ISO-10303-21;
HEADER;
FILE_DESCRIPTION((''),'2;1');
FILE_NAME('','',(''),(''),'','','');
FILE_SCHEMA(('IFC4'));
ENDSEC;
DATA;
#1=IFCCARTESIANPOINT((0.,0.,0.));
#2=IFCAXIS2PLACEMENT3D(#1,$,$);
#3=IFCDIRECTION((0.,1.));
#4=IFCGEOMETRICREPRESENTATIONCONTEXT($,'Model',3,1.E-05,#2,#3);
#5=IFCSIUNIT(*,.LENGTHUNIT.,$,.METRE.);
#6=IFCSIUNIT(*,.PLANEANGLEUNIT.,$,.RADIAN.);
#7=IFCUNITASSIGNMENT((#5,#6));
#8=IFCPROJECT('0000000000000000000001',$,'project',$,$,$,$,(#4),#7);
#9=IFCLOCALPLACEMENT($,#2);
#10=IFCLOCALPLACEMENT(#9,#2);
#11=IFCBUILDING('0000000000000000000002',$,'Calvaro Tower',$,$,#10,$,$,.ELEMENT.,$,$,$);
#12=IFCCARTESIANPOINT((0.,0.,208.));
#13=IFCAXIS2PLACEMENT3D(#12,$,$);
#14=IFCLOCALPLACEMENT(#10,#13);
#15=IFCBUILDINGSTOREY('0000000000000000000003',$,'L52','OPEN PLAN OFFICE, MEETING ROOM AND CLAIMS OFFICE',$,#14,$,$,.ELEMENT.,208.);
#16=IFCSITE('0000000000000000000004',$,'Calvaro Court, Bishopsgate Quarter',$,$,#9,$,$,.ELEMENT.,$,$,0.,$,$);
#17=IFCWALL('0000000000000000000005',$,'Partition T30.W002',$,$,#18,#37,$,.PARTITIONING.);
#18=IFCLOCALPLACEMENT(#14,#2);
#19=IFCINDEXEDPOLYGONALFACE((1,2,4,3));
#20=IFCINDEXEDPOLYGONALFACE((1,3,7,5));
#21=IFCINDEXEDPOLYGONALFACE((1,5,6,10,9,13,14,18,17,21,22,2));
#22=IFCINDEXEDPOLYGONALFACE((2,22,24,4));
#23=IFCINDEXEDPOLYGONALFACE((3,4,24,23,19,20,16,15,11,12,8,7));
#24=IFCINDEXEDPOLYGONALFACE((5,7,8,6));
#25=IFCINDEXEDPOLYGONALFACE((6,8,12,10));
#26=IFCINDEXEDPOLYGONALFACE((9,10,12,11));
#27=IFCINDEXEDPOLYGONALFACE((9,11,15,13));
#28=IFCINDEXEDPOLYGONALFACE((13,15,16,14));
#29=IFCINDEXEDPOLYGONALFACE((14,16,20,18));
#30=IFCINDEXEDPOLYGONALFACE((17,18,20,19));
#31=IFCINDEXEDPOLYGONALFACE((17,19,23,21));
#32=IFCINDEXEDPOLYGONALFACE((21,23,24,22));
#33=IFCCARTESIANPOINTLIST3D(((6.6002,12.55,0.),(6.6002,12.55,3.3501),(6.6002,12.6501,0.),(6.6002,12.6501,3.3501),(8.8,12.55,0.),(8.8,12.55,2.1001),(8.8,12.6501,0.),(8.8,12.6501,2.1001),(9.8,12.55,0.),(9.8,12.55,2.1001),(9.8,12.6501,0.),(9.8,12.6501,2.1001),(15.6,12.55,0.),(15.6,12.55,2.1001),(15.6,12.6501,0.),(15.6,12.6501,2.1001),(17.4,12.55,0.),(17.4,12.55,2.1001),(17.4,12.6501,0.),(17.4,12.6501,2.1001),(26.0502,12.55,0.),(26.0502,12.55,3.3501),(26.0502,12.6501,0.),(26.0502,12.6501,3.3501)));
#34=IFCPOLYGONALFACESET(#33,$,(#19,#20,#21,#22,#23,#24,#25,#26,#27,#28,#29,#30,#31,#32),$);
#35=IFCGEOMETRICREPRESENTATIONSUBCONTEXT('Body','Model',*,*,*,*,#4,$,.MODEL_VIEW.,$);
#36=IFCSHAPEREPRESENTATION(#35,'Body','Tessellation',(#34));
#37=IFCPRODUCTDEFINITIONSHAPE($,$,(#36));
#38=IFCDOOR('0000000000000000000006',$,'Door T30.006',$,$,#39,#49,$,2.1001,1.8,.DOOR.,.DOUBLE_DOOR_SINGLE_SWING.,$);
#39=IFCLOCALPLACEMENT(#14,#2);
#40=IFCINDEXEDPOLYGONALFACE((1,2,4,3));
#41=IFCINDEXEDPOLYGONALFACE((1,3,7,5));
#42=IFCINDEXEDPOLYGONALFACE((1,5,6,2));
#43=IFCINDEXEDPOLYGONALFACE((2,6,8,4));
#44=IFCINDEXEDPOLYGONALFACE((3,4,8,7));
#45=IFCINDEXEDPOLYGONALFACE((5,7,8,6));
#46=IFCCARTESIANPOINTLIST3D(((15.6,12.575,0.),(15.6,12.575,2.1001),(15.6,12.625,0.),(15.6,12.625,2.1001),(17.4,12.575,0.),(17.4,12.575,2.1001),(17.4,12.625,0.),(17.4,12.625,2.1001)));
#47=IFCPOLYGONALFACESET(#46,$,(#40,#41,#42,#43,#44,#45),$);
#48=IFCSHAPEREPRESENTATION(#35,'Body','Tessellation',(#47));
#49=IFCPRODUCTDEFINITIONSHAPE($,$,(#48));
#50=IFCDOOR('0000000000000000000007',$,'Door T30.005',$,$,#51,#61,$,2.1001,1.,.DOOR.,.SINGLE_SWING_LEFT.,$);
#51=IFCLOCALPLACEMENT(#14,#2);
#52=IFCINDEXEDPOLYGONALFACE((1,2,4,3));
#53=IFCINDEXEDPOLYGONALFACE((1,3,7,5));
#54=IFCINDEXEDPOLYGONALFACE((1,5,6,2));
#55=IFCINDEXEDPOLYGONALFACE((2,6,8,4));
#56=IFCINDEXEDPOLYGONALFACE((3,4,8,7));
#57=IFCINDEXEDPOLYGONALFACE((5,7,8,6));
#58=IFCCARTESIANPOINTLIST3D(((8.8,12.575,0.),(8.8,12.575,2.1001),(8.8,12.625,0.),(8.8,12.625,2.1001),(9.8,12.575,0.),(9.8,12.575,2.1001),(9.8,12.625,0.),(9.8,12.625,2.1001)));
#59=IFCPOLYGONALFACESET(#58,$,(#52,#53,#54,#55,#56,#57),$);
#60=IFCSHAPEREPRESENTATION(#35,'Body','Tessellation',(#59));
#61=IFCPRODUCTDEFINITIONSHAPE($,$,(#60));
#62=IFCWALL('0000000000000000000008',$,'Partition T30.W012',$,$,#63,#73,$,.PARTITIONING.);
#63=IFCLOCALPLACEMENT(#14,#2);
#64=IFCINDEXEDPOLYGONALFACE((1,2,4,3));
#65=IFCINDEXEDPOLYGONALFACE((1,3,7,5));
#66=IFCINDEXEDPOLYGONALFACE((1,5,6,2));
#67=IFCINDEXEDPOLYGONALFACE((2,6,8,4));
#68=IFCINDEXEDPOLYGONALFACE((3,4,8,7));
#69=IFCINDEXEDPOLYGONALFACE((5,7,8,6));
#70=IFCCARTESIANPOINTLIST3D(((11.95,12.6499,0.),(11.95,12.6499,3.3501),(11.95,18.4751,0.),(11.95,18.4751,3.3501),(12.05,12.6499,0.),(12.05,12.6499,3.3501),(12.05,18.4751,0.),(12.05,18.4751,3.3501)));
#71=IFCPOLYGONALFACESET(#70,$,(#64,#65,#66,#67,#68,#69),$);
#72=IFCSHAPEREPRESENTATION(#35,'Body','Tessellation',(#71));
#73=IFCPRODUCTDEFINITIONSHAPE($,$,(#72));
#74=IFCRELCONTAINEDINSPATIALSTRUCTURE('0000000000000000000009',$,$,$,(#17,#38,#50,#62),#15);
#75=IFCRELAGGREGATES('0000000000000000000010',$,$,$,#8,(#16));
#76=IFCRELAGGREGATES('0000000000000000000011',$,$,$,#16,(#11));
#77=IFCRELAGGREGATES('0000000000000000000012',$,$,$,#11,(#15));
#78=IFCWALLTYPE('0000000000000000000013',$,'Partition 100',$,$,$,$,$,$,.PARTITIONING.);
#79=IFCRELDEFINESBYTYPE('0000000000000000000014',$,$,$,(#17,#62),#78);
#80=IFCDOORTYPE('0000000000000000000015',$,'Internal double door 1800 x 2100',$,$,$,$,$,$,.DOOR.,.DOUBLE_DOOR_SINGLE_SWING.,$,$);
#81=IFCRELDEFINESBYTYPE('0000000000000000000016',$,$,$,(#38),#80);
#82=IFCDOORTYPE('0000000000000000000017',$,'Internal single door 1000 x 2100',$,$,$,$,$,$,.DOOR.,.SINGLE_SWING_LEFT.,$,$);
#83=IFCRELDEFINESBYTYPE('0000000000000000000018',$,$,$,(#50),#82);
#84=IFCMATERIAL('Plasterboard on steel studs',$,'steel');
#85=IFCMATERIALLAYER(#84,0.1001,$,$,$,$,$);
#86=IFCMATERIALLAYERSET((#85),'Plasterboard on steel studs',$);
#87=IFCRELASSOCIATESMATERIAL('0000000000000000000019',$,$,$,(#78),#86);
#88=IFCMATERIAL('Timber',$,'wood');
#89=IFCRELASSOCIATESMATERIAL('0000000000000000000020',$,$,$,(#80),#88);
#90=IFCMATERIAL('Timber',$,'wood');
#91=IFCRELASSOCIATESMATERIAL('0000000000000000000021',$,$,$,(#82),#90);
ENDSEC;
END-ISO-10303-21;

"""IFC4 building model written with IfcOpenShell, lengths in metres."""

from ifc_helpers import new_model, si_unit, direction, frame, frame_2d, origin, place, context, subcontext, project, spatial, rectangle, extrude, material, layer, layer_set, type_object, element, fill, save


model = new_model("IFC4")

# Units and contexts
model_context = context("Model", 3, precision=1e-05, world=origin(), true_north=direction((0.0, 1.0)))
body_context = subcontext(model_context, "Body", "Model", "MODEL_VIEW")
ifc_project = project(units=[si_unit("LENGTHUNIT", "METRE"), si_unit("PLANEANGLEUNIT", "RADIAN")], contexts=[model_context])

# Site, building, storey
site_placement = place(None, origin())
site = spatial("IfcSite", under=ifc_project, at=site_placement, Name="Calvaro Court, Bishopsgate Quarter", CompositionType="ELEMENT", RefElevation=0.0)
building_placement = place(site_placement, origin())
building = spatial("IfcBuilding", under=site, at=building_placement, Name="Calvaro Tower", CompositionType="ELEMENT")
storey_placement = place(building_placement, frame((0.0, 0.0, 208.0)))
storey = spatial("IfcBuildingStorey", under=building, at=storey_placement, Name="L52", Description="OPEN PLAN OFFICE, MEETING ROOM AND CLAIMS OFFICE", CompositionType="ELEMENT", Elevation=208.0)

# Wall, openings, doors
ifc_material_1 = material(Name="Plasterboard on steel studs", Category="steel")
ifc_layer_1 = layer(ifc_material_1, 0.1001)
ifc_layer_set_1 = layer_set([ifc_layer_1], Name="Plasterboard on steel studs")
wall_type = type_object("IfcWallType", Name="Partition 100", PredefinedType="PARTITIONING", material=ifc_layer_set_1)
ifc_material_2 = material(Name="Timber", Category="wood")
door_type_1 = type_object("IfcDoorType", Name="Internal double door 1800 x 2100", OperationType="DOUBLE_DOOR_SINGLE_SWING", PredefinedType="DOOR", material=ifc_material_2)
wall_1_placement = place(storey_placement, frame((6.6001, 12.6001, 0.0), z_axis=(0.0, 0.0, 1.0), x_axis=(1.0, 0.0, 0.0)))
wall_1 = element("IfcWall", 1, at=wall_1_placement, inside=storey, type_object=wall_type, Name="Partition T30.W002", PredefinedType="PARTITIONING", context=body_context, shape_type="SweptSolid", body=[
    extrude(rectangle(XDim=19.45, YDim=0.1001, at=frame_2d((9.7251, 0.0))), origin(), (0.0, 0.0, 1.0), 3.3501),
])
opening_1_placement = place(wall_1_placement, frame((2.2, 0.0, 0.0)))
opening_1 = element("IfcOpeningElement", 2, at=opening_1_placement, cuts=wall_1, PredefinedType="OPENING", context=body_context, shape_type="SweptSolid", body=[
    extrude(rectangle(XDim=1.0, YDim=2.1001, at=frame_2d((0.5, 1.05))), frame((0.0, 0.0601, 0.0), z_axis=(0.0, -1.0, 0.0), x_axis=(1.0, 0.0, 0.0)), (0.0, 0.0, 1.0), 0.1201),
])
opening_2_placement = place(wall_1_placement, frame((9.0, 0.0, 0.0)))
opening_2 = element("IfcOpeningElement", 3, at=opening_2_placement, cuts=wall_1, PredefinedType="OPENING", context=body_context, shape_type="SweptSolid", body=[
    extrude(rectangle(XDim=1.8, YDim=2.1001, at=frame_2d((0.8999, 1.05))), frame((0.0, 0.0601, 0.0), z_axis=(0.0, -1.0, 0.0), x_axis=(1.0, 0.0, 0.0)), (0.0, 0.0, 1.0), 0.1201),
])
door_1_placement = place(opening_2_placement, origin())
door_1 = element("IfcDoor", 4, at=door_1_placement, inside=storey, type_object=door_type_1, Name="Door T30.006", OperationType="DOUBLE_DOOR_SINGLE_SWING", OverallHeight=2.1001, OverallWidth=1.8, PredefinedType="DOOR", context=body_context, shape_type="SweptSolid", body=[
    extrude(rectangle(XDim=1.8, YDim=2.1001, at=frame_2d((0.8999, 1.05))), frame((0.0, 0.0249, 0.0), z_axis=(0.0, -1.0, 0.0), x_axis=(1.0, 0.0, 0.0)), (0.0, 0.0, 1.0), 0.05),
])
fill(opening_2, door_1)
ifc_material_3 = material(Name="Timber", Category="wood")
door_type_2 = type_object("IfcDoorType", Name="Internal single door 1000 x 2100", OperationType="SINGLE_SWING_LEFT", PredefinedType="DOOR", material=ifc_material_3)
door_2_placement = place(opening_1_placement, origin())
door_2 = element("IfcDoor", 5, at=door_2_placement, inside=storey, type_object=door_type_2, Name="Door T30.005", OperationType="SINGLE_SWING_LEFT", OverallHeight=2.1001, OverallWidth=1.0, PredefinedType="DOOR", context=body_context, shape_type="SweptSolid", body=[
    extrude(rectangle(XDim=1.0, YDim=2.1001, at=frame_2d((0.5, 1.05))), frame((0.0, 0.0249, 0.0), z_axis=(0.0, -1.0, 0.0), x_axis=(1.0, 0.0, 0.0)), (0.0, 0.0, 1.0), 0.05),
])
fill(opening_1, door_2)

# Wall
wall_2_placement = place(storey_placement, frame((12.0, 12.6499, 0.0), z_axis=(0.0, 0.0, 1.0), x_axis=(0.0, 1.0, 0.0)))
element("IfcWall", 6, at=wall_2_placement, inside=storey, type_object=wall_type, Name="Partition T30.W012", PredefinedType="PARTITIONING", context=body_context, shape_type="SweptSolid", body=[
    extrude(rectangle(XDim=5.8252, YDim=0.1001, at=frame_2d((2.9126, 0.0))), origin(), (0.0, 0.0, 1.0), 3.3501),
])

save(model, "model.ifc")
